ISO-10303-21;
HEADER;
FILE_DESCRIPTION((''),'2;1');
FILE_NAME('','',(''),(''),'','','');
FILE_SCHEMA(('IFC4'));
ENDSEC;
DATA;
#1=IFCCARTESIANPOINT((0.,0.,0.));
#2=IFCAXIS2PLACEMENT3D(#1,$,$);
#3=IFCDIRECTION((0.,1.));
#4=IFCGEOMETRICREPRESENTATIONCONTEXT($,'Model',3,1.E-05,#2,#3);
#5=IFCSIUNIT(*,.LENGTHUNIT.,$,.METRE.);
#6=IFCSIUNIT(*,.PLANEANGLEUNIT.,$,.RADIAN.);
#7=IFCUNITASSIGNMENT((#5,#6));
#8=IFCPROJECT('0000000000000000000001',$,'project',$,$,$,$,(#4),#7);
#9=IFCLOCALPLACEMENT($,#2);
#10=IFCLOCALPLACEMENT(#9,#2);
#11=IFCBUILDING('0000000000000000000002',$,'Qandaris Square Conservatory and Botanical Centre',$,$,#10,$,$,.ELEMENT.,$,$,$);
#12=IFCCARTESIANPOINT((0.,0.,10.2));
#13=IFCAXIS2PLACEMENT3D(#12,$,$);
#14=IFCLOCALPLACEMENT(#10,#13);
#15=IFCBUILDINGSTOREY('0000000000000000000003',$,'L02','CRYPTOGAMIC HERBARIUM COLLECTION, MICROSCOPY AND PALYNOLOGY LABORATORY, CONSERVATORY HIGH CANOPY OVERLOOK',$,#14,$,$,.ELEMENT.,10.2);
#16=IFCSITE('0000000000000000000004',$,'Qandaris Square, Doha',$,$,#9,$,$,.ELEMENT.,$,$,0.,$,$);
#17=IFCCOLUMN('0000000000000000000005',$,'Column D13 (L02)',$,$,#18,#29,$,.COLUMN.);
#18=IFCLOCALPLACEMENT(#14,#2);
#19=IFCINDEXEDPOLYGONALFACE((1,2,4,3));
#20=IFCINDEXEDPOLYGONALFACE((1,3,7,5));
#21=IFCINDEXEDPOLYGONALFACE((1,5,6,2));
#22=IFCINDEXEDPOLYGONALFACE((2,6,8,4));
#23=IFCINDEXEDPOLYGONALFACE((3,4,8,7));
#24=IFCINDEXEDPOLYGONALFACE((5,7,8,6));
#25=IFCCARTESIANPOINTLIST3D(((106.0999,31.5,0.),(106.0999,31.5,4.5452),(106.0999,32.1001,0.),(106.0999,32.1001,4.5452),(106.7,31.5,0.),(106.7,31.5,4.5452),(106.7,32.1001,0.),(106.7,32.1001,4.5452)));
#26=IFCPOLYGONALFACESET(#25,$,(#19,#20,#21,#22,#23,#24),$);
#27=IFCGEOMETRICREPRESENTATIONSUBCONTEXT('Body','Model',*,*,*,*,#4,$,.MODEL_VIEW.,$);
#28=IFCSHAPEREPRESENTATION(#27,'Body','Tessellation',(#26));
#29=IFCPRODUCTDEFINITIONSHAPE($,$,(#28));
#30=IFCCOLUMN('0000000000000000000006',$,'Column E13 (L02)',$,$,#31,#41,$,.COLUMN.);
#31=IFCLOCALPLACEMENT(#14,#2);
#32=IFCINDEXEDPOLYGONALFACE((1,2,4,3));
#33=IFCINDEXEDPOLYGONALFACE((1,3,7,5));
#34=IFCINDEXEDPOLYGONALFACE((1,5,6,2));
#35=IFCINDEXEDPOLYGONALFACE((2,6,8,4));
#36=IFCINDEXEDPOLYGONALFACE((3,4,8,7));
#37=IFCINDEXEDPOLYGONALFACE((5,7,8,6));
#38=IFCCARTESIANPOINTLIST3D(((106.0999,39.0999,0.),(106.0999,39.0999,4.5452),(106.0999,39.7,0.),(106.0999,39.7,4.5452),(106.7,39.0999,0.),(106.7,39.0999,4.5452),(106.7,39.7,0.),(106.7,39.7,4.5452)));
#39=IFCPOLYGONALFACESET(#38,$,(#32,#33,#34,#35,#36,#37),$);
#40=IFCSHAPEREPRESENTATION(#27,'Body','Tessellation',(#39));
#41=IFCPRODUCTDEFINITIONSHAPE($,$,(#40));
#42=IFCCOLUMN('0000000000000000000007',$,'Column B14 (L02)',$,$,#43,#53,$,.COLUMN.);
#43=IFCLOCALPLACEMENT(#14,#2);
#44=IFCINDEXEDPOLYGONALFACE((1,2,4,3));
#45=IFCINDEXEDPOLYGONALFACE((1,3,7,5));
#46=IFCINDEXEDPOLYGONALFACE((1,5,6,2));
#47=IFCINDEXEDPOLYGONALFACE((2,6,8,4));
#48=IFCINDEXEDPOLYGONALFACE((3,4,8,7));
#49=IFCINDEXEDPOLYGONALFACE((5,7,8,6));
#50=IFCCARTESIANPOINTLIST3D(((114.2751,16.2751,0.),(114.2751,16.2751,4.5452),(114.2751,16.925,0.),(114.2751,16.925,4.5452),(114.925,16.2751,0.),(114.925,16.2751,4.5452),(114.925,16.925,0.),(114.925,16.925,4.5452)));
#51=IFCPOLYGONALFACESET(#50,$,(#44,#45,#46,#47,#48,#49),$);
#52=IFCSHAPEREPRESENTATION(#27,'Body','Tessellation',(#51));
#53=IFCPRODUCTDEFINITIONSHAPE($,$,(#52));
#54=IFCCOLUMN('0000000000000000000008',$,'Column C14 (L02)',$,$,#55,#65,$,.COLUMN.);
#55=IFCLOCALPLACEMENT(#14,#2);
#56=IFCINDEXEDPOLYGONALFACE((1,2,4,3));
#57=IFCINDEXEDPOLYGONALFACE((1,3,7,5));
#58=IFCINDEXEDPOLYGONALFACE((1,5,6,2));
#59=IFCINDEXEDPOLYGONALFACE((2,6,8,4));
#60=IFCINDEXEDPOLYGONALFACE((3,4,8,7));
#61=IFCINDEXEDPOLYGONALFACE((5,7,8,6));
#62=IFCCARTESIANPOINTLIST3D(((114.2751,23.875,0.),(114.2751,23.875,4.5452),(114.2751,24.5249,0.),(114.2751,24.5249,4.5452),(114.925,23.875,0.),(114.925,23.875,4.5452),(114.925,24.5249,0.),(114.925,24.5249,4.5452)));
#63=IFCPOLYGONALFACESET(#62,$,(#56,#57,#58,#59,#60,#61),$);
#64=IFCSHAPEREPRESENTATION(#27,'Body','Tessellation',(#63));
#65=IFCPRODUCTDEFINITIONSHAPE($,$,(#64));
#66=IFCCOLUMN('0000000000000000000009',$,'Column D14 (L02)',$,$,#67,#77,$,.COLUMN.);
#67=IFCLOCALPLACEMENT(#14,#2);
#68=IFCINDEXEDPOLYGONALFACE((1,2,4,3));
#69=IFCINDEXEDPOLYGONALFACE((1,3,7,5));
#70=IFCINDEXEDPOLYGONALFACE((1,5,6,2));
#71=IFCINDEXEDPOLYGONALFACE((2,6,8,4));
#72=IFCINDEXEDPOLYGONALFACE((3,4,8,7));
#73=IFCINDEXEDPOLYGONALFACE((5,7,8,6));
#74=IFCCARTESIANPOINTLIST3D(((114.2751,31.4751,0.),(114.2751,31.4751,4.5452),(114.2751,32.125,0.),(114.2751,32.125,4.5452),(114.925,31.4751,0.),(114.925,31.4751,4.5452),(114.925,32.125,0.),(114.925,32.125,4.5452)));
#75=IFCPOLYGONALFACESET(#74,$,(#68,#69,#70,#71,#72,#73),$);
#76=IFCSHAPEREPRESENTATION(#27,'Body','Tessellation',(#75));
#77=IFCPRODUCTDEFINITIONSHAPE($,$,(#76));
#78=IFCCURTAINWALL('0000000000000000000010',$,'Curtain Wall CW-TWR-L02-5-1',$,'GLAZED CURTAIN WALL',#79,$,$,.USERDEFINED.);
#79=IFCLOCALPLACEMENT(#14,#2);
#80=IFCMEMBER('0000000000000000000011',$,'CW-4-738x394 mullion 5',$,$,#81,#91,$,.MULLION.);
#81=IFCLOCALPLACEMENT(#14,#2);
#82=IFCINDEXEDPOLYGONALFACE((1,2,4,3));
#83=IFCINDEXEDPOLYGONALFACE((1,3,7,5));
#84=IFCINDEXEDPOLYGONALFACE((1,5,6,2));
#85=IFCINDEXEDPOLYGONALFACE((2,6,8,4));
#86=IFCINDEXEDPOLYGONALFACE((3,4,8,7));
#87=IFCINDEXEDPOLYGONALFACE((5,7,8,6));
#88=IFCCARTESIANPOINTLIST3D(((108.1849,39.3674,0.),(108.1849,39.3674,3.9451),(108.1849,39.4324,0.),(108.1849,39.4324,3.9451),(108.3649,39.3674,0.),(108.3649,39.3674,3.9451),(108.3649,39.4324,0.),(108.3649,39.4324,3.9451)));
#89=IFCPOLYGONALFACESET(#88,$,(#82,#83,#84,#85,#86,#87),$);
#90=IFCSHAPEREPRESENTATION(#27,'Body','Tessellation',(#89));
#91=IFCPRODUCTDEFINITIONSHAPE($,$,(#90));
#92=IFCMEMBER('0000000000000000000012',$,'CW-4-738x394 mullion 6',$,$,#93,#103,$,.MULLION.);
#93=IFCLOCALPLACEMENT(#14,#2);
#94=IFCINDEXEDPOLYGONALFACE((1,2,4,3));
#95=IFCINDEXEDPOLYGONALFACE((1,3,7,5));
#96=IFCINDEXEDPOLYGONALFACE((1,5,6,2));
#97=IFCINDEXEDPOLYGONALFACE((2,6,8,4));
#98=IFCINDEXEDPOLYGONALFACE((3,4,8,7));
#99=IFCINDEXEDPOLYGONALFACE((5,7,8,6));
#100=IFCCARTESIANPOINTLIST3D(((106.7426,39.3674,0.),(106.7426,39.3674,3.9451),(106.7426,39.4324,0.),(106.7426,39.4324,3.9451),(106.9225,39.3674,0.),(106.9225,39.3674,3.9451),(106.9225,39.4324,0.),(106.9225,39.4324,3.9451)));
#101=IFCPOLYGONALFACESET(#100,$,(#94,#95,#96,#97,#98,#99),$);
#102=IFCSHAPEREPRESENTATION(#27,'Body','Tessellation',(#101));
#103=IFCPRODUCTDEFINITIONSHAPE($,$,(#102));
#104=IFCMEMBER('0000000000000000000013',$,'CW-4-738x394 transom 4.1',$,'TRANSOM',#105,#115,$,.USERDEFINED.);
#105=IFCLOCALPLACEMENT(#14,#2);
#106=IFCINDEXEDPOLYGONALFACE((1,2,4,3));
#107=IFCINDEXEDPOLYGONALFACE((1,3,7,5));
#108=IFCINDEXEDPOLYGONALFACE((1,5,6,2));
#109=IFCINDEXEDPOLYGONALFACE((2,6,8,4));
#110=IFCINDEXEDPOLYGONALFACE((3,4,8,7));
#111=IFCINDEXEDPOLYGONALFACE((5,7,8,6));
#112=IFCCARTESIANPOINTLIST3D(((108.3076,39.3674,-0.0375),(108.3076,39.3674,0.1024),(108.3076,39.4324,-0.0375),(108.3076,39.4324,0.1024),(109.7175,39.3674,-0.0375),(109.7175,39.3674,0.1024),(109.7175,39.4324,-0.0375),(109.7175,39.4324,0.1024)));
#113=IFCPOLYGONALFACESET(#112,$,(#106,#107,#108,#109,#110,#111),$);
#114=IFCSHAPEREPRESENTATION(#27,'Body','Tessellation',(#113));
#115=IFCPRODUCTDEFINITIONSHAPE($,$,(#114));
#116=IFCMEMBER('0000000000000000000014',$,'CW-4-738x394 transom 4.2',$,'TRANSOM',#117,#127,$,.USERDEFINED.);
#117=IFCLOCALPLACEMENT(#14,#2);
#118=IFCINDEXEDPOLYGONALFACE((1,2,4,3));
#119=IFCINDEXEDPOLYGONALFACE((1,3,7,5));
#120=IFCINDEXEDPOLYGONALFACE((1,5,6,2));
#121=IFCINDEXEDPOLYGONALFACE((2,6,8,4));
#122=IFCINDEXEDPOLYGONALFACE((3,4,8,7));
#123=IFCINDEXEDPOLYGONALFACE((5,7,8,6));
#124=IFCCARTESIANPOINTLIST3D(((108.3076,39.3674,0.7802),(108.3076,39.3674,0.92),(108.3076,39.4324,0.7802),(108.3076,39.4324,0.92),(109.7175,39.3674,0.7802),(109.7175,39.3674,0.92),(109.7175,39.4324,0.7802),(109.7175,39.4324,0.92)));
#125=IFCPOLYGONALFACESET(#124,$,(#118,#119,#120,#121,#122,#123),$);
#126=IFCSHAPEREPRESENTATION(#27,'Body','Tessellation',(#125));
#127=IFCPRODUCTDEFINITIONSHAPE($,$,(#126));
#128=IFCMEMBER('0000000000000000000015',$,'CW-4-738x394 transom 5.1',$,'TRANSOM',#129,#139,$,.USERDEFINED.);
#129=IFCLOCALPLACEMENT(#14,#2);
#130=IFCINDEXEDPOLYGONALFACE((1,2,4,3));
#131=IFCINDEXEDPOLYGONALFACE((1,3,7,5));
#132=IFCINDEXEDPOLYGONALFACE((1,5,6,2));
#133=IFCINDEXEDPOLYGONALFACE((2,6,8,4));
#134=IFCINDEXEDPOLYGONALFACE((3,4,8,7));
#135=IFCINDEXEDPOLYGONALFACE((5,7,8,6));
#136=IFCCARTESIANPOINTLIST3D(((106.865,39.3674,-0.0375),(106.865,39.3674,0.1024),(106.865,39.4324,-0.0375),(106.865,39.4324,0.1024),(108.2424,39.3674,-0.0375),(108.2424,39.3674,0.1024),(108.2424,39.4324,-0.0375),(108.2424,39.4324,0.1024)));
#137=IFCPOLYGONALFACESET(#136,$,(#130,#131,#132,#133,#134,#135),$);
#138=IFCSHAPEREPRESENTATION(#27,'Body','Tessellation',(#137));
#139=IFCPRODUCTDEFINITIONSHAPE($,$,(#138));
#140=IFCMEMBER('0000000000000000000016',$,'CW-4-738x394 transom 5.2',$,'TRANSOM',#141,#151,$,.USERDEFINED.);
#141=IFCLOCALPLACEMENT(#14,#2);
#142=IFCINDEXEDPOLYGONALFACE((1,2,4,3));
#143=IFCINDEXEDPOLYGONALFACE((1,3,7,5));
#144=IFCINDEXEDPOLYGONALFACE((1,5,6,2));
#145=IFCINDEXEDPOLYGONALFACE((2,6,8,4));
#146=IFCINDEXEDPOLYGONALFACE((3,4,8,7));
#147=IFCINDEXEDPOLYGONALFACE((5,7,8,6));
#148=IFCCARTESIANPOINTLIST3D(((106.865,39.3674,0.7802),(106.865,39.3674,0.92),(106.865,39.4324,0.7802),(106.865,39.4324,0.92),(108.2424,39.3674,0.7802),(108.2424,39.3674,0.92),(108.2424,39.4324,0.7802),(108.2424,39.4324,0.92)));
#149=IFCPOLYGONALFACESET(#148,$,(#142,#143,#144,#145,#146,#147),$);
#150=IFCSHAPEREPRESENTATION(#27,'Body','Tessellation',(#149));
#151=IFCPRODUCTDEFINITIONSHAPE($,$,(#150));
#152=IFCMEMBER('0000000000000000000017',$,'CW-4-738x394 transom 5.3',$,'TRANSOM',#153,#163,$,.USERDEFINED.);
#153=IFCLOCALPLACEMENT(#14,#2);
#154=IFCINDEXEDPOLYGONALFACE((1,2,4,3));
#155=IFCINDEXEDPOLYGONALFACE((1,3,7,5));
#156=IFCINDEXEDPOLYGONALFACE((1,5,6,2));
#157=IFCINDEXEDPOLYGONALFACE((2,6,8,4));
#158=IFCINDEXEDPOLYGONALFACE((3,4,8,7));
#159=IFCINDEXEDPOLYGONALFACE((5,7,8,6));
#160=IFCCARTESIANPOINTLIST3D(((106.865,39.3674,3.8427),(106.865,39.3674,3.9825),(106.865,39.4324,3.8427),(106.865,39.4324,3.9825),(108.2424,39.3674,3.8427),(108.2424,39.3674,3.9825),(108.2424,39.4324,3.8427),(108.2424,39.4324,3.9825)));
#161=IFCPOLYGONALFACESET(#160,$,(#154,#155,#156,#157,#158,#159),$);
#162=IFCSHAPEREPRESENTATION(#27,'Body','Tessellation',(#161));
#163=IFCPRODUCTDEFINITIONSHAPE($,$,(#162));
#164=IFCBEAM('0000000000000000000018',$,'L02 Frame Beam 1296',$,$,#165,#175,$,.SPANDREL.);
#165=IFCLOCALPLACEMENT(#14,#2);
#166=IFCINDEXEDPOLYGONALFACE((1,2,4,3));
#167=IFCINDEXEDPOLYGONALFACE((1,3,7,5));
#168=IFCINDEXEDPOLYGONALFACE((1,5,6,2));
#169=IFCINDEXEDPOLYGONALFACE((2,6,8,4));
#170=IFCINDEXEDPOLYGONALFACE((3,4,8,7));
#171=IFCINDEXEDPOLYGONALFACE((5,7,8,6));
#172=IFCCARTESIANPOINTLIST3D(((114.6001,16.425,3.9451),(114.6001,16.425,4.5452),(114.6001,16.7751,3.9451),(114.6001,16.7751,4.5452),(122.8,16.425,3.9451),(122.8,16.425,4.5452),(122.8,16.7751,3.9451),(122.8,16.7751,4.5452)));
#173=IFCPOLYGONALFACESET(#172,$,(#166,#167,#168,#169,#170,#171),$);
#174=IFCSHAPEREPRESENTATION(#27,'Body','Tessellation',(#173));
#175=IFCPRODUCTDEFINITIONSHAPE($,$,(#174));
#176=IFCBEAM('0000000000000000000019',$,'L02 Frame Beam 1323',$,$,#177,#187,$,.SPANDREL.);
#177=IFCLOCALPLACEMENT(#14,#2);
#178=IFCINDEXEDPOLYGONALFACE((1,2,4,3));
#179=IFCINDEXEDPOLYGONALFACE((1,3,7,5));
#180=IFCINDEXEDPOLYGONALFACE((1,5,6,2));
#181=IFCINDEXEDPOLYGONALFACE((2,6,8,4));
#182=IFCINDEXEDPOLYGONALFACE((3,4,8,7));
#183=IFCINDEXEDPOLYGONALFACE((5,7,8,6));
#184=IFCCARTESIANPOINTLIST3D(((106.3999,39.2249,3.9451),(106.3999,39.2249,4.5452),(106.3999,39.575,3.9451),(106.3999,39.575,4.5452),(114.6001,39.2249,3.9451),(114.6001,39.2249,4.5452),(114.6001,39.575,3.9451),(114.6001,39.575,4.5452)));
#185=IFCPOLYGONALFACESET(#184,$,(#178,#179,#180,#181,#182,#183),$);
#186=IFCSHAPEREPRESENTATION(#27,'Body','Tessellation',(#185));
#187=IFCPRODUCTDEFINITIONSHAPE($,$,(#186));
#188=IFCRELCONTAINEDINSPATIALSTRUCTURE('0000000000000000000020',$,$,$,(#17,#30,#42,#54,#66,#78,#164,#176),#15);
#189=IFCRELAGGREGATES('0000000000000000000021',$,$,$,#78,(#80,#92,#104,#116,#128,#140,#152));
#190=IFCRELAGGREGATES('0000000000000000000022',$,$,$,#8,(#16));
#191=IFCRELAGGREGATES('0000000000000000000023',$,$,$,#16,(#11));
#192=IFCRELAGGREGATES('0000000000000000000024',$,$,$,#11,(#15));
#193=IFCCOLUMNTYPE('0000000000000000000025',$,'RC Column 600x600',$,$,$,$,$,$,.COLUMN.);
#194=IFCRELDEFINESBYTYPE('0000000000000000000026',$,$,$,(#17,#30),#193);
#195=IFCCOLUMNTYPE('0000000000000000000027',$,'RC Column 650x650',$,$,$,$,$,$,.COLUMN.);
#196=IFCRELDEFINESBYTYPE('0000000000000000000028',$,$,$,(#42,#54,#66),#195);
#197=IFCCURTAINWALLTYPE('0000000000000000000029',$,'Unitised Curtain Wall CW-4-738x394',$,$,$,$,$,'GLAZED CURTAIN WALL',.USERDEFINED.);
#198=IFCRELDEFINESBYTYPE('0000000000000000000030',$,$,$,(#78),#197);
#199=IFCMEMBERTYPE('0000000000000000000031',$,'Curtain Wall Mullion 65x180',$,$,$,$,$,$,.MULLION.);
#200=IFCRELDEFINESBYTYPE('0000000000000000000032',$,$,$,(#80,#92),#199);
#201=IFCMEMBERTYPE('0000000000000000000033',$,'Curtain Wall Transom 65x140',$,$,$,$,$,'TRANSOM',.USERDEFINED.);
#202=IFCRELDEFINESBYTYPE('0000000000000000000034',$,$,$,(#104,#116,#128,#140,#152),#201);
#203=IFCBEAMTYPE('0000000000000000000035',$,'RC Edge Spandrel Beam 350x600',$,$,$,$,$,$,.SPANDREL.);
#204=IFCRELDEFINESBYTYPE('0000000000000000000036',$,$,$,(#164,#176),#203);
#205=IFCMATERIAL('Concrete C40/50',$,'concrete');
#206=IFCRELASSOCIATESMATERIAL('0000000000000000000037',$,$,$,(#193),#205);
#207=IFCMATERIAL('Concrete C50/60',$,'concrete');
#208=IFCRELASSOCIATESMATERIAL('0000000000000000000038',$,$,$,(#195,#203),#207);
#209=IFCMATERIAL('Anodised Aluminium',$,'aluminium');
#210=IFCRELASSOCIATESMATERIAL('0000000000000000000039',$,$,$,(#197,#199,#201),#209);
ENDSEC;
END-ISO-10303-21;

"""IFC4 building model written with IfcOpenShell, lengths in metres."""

from ifc_helpers import new_model, si_unit, direction, frame, origin, origin_2d, place, context, subcontext, project, spatial, rectangle, extrude, material, material_profile, profile_set, type_object, element, aggregate, save


model = new_model("IFC4")

# Units and contexts
model_context = context("Model", 3, precision=1e-05, world=origin(), true_north=direction((0.0, 1.0)))
body_context = subcontext(model_context, "Body", "Model", "MODEL_VIEW")
ifc_project = project(units=[si_unit("LENGTHUNIT", "METRE"), si_unit("PLANEANGLEUNIT", "RADIAN")], contexts=[model_context])

# Site, building, storey
site_placement = place(None, origin())
site = spatial("IfcSite", under=ifc_project, at=site_placement, Name="Qandaris Square, Doha", CompositionType="ELEMENT", RefElevation=0.0)
building_placement = place(site_placement, origin())
building = spatial("IfcBuilding", under=site, at=building_placement, Name="Qandaris Square Conservatory and Botanical Centre", CompositionType="ELEMENT")
storey_placement = place(building_placement, frame((0.0, 0.0, 10.2)))
storey = spatial("IfcBuildingStorey", under=building, at=storey_placement, Name="L02", Description="CRYPTOGAMIC HERBARIUM COLLECTION, MICROSCOPY AND PALYNOLOGY LABORATORY, CONSERVATORY HIGH CANOPY OVERLOOK", CompositionType="ELEMENT", Elevation=10.2)

# Columns
ifc_material_1 = material(Name="Concrete C40/50", Category="concrete")
ifc_material_profile_1 = material_profile(ifc_material_1, rectangle(XDim=0.6001, YDim=0.6001, at=origin_2d()), Name="RC-COL 600x600")
ifc_profile_set_1 = profile_set([ifc_material_profile_1], Name="Concrete C40/50")
column_type_1 = type_object("IfcColumnType", Name="RC Column 600x600", PredefinedType="COLUMN", material=ifc_profile_set_1)
for number, where, z_axis, x_axis, name in (
    (1, (106.3999, 31.8, 0.0), (0.0, 0.0, 1.0), (1.0, 0.0, 0.0), "Column D13 (L02)"),
    (2, (106.3999, 39.3999, 0.0), (0.0, 0.0, 1.0), (1.0, 0.0, 0.0), "Column E13 (L02)"),
):
    element("IfcColumn", number, at=place(storey_placement, frame(where, z_axis=z_axis, x_axis=x_axis)), inside=storey, type_object=column_type_1, Name=name, PredefinedType="COLUMN", context=body_context, shape_type="SweptSolid", body=[
        extrude(rectangle(XDim=0.6001, YDim=0.6001, at=origin_2d()), origin(), (0.0, 0.0, 1.0), 4.5452),
    ])
ifc_material_2 = material(Name="Concrete C50/60", Category="concrete")
ifc_material_profile_2 = material_profile(ifc_material_2, rectangle(XDim=0.6499, YDim=0.6499, at=origin_2d()), Name="RC-COL 650x650")
ifc_profile_set_2 = profile_set([ifc_material_profile_2], Name="Concrete C50/60")
column_type_2 = type_object("IfcColumnType", Name="RC Column 650x650", PredefinedType="COLUMN", material=ifc_profile_set_2)
for number, where, z_axis, x_axis, name in (
    (3, (114.6001, 16.6001, 0.0), (0.0, 0.0, 1.0), (1.0, 0.0, 0.0), "Column B14 (L02)"),
    (4, (114.6001, 24.2, 0.0), (0.0, 0.0, 1.0), (1.0, 0.0, 0.0), "Column C14 (L02)"),
    (5, (114.6001, 31.8, 0.0), (0.0, 0.0, 1.0), (1.0, 0.0, 0.0), "Column D14 (L02)"),
):
    element("IfcColumn", number, at=place(storey_placement, frame(where, z_axis=z_axis, x_axis=x_axis)), inside=storey, type_object=column_type_2, Name=name, PredefinedType="COLUMN", context=body_context, shape_type="SweptSolid", body=[
        extrude(rectangle(XDim=0.6499, YDim=0.6499, at=origin_2d()), origin(), (0.0, 0.0, 1.0), 4.5452),
    ])

# Curtain wall, members
ifc_material_3 = material(Name="Anodised Aluminium", Category="aluminium")
curtain_wall_type = type_object("IfcCurtainWallType", Name="Unitised Curtain Wall CW-4-738x394", ElementType="GLAZED CURTAIN WALL", PredefinedType="USERDEFINED", material=ifc_material_3)
curtain_wall_placement = place(storey_placement, origin())
curtain_wall = element("IfcCurtainWall", 6, at=curtain_wall_placement, inside=storey, type_object=curtain_wall_type, Name="Curtain Wall CW-TWR-L02-5-1", ObjectType="GLAZED CURTAIN WALL", PredefinedType="USERDEFINED")
ifc_material_profile_3 = material_profile(ifc_material_3, rectangle(XDim=0.0649, YDim=0.1799, at=origin_2d()), Name="ALU-MUL 65x180")
ifc_profile_set_3 = profile_set([ifc_material_profile_3], Name="Anodised Aluminium")
member_type_1 = type_object("IfcMemberType", Name="Curtain Wall Mullion 65x180", PredefinedType="MULLION", material=ifc_profile_set_3)
member_1_placement = place(storey_placement, frame((108.2749, 39.3999, 0.0), z_axis=(0.0, 0.0, 1.0), x_axis=(0.0, -1.0, 0.0)))
member_1 = element("IfcMember", 7, at=member_1_placement, type_object=member_type_1, Name="CW-4-738x394 mullion 5", PredefinedType="MULLION", context=body_context, shape_type="SweptSolid", body=[
    extrude(rectangle(XDim=0.0649, YDim=0.1799, at=origin_2d()), origin(), (0.0, 0.0, 1.0), 3.9451),
])
member_2_placement = place(storey_placement, frame((106.8325, 39.3999, 0.0), z_axis=(0.0, 0.0, 1.0), x_axis=(0.0, -1.0, 0.0)))
member_2 = element("IfcMember", 8, at=member_2_placement, type_object=member_type_1, Name="CW-4-738x394 mullion 6", PredefinedType="MULLION", context=body_context, shape_type="SweptSolid", body=[
    extrude(rectangle(XDim=0.0649, YDim=0.1799, at=origin_2d()), origin(), (0.0, 0.0, 1.0), 3.9451),
])
ifc_material_profile_4 = material_profile(ifc_material_3, rectangle(XDim=0.0649, YDim=0.1399, at=origin_2d()), Name="ALU-TRN 65x140")
ifc_profile_set_4 = profile_set([ifc_material_profile_4], Name="Anodised Aluminium")
member_type_2 = type_object("IfcMemberType", Name="Curtain Wall Transom 65x140", ElementType="TRANSOM", PredefinedType="USERDEFINED", material=ifc_profile_set_4)
member_3_placement = place(storey_placement, frame((109.7175, 39.3999, 0.0325), z_axis=(-1.0, 0.0, 0.0), x_axis=(0.0, -1.0, 0.0)))
member_3 = element("IfcMember", 9, at=member_3_placement, type_object=member_type_2, Name="CW-4-738x394 transom 4.1", ObjectType="TRANSOM", PredefinedType="USERDEFINED", context=body_context, shape_type="SweptSolid", body=[
    extrude(rectangle(XDim=0.0649, YDim=0.1399, at=origin_2d()), origin(), (0.0, 0.0, 1.0), 1.4099),
])
member_4_placement = place(storey_placement, frame((109.7175, 39.3999, 0.8501), z_axis=(-1.0, 0.0, 0.0), x_axis=(0.0, -1.0, 0.0)))
member_4 = element("IfcMember", 10, at=member_4_placement, type_object=member_type_2, Name="CW-4-738x394 transom 4.2", ObjectType="TRANSOM", PredefinedType="USERDEFINED", context=body_context, shape_type="SweptSolid", body=[
    extrude(rectangle(XDim=0.0649, YDim=0.1399, at=origin_2d()), origin(), (0.0, 0.0, 1.0), 1.4099),
])
member_5_placement = place(storey_placement, frame((108.2424, 39.3999, 0.0325), z_axis=(-1.0, 0.0, 0.0), x_axis=(0.0, -1.0, 0.0)))
member_5 = element("IfcMember", 11, at=member_5_placement, type_object=member_type_2, Name="CW-4-738x394 transom 5.1", ObjectType="TRANSOM", PredefinedType="USERDEFINED", context=body_context, shape_type="SweptSolid", body=[
    extrude(rectangle(XDim=0.0649, YDim=0.1399, at=origin_2d()), origin(), (0.0, 0.0, 1.0), 1.3774),
])
member_6_placement = place(storey_placement, frame((108.2424, 39.3999, 0.8501), z_axis=(-1.0, 0.0, 0.0), x_axis=(0.0, -1.0, 0.0)))
member_6 = element("IfcMember", 12, at=member_6_placement, type_object=member_type_2, Name="CW-4-738x394 transom 5.2", ObjectType="TRANSOM", PredefinedType="USERDEFINED", context=body_context, shape_type="SweptSolid", body=[
    extrude(rectangle(XDim=0.0649, YDim=0.1399, at=origin_2d()), origin(), (0.0, 0.0, 1.0), 1.3774),
])
member_7_placement = place(storey_placement, frame((108.2424, 39.3999, 3.9126), z_axis=(-1.0, 0.0, 0.0), x_axis=(0.0, -1.0, 0.0)))
member_7 = element("IfcMember", 13, at=member_7_placement, type_object=member_type_2, Name="CW-4-738x394 transom 5.3", ObjectType="TRANSOM", PredefinedType="USERDEFINED", context=body_context, shape_type="SweptSolid", body=[
    extrude(rectangle(XDim=0.0649, YDim=0.1399, at=origin_2d()), origin(), (0.0, 0.0, 1.0), 1.3774),
])

# Beams
ifc_material_profile_5 = material_profile(ifc_material_2, rectangle(XDim=0.3501, YDim=0.6001, at=origin_2d()), Name="RC-SP 350x600")
ifc_profile_set_5 = profile_set([ifc_material_profile_5], Name="Concrete C50/60")
beam_type_1 = type_object("IfcBeamType", Name="RC Edge Spandrel Beam 350x600", PredefinedType="SPANDREL", material=ifc_profile_set_5)
beam_1_placement = place(storey_placement, frame((114.6001, 16.6001, 4.2451), z_axis=(1.0, 0.0, 0.0), x_axis=(0.0, 1.0, 0.0)))
element("IfcBeam", 14, at=beam_1_placement, inside=storey, type_object=beam_type_1, Name="L02 Frame Beam 1296", PredefinedType="SPANDREL", context=body_context, shape_type="SweptSolid", body=[
    extrude(rectangle(XDim=0.3501, YDim=0.6001, at=origin_2d()), origin(), (0.0, 0.0, 1.0), 8.2),
])
beam_2_placement = place(storey_placement, frame((106.3999, 39.3999, 4.2451), z_axis=(1.0, 0.0, 0.0), x_axis=(0.0, 1.0, 0.0)))
element("IfcBeam", 15, at=beam_2_placement, inside=storey, type_object=beam_type_1, Name="L02 Frame Beam 1323", PredefinedType="SPANDREL", context=body_context, shape_type="SweptSolid", body=[
    extrude(rectangle(XDim=0.3501, YDim=0.6001, at=origin_2d()), origin(), (0.0, 0.0, 1.0), 8.2002),
])

aggregate(curtain_wall, [member_1, member_2, member_3, member_4, member_5, member_6, member_7])

save(model, "model.ifc")
